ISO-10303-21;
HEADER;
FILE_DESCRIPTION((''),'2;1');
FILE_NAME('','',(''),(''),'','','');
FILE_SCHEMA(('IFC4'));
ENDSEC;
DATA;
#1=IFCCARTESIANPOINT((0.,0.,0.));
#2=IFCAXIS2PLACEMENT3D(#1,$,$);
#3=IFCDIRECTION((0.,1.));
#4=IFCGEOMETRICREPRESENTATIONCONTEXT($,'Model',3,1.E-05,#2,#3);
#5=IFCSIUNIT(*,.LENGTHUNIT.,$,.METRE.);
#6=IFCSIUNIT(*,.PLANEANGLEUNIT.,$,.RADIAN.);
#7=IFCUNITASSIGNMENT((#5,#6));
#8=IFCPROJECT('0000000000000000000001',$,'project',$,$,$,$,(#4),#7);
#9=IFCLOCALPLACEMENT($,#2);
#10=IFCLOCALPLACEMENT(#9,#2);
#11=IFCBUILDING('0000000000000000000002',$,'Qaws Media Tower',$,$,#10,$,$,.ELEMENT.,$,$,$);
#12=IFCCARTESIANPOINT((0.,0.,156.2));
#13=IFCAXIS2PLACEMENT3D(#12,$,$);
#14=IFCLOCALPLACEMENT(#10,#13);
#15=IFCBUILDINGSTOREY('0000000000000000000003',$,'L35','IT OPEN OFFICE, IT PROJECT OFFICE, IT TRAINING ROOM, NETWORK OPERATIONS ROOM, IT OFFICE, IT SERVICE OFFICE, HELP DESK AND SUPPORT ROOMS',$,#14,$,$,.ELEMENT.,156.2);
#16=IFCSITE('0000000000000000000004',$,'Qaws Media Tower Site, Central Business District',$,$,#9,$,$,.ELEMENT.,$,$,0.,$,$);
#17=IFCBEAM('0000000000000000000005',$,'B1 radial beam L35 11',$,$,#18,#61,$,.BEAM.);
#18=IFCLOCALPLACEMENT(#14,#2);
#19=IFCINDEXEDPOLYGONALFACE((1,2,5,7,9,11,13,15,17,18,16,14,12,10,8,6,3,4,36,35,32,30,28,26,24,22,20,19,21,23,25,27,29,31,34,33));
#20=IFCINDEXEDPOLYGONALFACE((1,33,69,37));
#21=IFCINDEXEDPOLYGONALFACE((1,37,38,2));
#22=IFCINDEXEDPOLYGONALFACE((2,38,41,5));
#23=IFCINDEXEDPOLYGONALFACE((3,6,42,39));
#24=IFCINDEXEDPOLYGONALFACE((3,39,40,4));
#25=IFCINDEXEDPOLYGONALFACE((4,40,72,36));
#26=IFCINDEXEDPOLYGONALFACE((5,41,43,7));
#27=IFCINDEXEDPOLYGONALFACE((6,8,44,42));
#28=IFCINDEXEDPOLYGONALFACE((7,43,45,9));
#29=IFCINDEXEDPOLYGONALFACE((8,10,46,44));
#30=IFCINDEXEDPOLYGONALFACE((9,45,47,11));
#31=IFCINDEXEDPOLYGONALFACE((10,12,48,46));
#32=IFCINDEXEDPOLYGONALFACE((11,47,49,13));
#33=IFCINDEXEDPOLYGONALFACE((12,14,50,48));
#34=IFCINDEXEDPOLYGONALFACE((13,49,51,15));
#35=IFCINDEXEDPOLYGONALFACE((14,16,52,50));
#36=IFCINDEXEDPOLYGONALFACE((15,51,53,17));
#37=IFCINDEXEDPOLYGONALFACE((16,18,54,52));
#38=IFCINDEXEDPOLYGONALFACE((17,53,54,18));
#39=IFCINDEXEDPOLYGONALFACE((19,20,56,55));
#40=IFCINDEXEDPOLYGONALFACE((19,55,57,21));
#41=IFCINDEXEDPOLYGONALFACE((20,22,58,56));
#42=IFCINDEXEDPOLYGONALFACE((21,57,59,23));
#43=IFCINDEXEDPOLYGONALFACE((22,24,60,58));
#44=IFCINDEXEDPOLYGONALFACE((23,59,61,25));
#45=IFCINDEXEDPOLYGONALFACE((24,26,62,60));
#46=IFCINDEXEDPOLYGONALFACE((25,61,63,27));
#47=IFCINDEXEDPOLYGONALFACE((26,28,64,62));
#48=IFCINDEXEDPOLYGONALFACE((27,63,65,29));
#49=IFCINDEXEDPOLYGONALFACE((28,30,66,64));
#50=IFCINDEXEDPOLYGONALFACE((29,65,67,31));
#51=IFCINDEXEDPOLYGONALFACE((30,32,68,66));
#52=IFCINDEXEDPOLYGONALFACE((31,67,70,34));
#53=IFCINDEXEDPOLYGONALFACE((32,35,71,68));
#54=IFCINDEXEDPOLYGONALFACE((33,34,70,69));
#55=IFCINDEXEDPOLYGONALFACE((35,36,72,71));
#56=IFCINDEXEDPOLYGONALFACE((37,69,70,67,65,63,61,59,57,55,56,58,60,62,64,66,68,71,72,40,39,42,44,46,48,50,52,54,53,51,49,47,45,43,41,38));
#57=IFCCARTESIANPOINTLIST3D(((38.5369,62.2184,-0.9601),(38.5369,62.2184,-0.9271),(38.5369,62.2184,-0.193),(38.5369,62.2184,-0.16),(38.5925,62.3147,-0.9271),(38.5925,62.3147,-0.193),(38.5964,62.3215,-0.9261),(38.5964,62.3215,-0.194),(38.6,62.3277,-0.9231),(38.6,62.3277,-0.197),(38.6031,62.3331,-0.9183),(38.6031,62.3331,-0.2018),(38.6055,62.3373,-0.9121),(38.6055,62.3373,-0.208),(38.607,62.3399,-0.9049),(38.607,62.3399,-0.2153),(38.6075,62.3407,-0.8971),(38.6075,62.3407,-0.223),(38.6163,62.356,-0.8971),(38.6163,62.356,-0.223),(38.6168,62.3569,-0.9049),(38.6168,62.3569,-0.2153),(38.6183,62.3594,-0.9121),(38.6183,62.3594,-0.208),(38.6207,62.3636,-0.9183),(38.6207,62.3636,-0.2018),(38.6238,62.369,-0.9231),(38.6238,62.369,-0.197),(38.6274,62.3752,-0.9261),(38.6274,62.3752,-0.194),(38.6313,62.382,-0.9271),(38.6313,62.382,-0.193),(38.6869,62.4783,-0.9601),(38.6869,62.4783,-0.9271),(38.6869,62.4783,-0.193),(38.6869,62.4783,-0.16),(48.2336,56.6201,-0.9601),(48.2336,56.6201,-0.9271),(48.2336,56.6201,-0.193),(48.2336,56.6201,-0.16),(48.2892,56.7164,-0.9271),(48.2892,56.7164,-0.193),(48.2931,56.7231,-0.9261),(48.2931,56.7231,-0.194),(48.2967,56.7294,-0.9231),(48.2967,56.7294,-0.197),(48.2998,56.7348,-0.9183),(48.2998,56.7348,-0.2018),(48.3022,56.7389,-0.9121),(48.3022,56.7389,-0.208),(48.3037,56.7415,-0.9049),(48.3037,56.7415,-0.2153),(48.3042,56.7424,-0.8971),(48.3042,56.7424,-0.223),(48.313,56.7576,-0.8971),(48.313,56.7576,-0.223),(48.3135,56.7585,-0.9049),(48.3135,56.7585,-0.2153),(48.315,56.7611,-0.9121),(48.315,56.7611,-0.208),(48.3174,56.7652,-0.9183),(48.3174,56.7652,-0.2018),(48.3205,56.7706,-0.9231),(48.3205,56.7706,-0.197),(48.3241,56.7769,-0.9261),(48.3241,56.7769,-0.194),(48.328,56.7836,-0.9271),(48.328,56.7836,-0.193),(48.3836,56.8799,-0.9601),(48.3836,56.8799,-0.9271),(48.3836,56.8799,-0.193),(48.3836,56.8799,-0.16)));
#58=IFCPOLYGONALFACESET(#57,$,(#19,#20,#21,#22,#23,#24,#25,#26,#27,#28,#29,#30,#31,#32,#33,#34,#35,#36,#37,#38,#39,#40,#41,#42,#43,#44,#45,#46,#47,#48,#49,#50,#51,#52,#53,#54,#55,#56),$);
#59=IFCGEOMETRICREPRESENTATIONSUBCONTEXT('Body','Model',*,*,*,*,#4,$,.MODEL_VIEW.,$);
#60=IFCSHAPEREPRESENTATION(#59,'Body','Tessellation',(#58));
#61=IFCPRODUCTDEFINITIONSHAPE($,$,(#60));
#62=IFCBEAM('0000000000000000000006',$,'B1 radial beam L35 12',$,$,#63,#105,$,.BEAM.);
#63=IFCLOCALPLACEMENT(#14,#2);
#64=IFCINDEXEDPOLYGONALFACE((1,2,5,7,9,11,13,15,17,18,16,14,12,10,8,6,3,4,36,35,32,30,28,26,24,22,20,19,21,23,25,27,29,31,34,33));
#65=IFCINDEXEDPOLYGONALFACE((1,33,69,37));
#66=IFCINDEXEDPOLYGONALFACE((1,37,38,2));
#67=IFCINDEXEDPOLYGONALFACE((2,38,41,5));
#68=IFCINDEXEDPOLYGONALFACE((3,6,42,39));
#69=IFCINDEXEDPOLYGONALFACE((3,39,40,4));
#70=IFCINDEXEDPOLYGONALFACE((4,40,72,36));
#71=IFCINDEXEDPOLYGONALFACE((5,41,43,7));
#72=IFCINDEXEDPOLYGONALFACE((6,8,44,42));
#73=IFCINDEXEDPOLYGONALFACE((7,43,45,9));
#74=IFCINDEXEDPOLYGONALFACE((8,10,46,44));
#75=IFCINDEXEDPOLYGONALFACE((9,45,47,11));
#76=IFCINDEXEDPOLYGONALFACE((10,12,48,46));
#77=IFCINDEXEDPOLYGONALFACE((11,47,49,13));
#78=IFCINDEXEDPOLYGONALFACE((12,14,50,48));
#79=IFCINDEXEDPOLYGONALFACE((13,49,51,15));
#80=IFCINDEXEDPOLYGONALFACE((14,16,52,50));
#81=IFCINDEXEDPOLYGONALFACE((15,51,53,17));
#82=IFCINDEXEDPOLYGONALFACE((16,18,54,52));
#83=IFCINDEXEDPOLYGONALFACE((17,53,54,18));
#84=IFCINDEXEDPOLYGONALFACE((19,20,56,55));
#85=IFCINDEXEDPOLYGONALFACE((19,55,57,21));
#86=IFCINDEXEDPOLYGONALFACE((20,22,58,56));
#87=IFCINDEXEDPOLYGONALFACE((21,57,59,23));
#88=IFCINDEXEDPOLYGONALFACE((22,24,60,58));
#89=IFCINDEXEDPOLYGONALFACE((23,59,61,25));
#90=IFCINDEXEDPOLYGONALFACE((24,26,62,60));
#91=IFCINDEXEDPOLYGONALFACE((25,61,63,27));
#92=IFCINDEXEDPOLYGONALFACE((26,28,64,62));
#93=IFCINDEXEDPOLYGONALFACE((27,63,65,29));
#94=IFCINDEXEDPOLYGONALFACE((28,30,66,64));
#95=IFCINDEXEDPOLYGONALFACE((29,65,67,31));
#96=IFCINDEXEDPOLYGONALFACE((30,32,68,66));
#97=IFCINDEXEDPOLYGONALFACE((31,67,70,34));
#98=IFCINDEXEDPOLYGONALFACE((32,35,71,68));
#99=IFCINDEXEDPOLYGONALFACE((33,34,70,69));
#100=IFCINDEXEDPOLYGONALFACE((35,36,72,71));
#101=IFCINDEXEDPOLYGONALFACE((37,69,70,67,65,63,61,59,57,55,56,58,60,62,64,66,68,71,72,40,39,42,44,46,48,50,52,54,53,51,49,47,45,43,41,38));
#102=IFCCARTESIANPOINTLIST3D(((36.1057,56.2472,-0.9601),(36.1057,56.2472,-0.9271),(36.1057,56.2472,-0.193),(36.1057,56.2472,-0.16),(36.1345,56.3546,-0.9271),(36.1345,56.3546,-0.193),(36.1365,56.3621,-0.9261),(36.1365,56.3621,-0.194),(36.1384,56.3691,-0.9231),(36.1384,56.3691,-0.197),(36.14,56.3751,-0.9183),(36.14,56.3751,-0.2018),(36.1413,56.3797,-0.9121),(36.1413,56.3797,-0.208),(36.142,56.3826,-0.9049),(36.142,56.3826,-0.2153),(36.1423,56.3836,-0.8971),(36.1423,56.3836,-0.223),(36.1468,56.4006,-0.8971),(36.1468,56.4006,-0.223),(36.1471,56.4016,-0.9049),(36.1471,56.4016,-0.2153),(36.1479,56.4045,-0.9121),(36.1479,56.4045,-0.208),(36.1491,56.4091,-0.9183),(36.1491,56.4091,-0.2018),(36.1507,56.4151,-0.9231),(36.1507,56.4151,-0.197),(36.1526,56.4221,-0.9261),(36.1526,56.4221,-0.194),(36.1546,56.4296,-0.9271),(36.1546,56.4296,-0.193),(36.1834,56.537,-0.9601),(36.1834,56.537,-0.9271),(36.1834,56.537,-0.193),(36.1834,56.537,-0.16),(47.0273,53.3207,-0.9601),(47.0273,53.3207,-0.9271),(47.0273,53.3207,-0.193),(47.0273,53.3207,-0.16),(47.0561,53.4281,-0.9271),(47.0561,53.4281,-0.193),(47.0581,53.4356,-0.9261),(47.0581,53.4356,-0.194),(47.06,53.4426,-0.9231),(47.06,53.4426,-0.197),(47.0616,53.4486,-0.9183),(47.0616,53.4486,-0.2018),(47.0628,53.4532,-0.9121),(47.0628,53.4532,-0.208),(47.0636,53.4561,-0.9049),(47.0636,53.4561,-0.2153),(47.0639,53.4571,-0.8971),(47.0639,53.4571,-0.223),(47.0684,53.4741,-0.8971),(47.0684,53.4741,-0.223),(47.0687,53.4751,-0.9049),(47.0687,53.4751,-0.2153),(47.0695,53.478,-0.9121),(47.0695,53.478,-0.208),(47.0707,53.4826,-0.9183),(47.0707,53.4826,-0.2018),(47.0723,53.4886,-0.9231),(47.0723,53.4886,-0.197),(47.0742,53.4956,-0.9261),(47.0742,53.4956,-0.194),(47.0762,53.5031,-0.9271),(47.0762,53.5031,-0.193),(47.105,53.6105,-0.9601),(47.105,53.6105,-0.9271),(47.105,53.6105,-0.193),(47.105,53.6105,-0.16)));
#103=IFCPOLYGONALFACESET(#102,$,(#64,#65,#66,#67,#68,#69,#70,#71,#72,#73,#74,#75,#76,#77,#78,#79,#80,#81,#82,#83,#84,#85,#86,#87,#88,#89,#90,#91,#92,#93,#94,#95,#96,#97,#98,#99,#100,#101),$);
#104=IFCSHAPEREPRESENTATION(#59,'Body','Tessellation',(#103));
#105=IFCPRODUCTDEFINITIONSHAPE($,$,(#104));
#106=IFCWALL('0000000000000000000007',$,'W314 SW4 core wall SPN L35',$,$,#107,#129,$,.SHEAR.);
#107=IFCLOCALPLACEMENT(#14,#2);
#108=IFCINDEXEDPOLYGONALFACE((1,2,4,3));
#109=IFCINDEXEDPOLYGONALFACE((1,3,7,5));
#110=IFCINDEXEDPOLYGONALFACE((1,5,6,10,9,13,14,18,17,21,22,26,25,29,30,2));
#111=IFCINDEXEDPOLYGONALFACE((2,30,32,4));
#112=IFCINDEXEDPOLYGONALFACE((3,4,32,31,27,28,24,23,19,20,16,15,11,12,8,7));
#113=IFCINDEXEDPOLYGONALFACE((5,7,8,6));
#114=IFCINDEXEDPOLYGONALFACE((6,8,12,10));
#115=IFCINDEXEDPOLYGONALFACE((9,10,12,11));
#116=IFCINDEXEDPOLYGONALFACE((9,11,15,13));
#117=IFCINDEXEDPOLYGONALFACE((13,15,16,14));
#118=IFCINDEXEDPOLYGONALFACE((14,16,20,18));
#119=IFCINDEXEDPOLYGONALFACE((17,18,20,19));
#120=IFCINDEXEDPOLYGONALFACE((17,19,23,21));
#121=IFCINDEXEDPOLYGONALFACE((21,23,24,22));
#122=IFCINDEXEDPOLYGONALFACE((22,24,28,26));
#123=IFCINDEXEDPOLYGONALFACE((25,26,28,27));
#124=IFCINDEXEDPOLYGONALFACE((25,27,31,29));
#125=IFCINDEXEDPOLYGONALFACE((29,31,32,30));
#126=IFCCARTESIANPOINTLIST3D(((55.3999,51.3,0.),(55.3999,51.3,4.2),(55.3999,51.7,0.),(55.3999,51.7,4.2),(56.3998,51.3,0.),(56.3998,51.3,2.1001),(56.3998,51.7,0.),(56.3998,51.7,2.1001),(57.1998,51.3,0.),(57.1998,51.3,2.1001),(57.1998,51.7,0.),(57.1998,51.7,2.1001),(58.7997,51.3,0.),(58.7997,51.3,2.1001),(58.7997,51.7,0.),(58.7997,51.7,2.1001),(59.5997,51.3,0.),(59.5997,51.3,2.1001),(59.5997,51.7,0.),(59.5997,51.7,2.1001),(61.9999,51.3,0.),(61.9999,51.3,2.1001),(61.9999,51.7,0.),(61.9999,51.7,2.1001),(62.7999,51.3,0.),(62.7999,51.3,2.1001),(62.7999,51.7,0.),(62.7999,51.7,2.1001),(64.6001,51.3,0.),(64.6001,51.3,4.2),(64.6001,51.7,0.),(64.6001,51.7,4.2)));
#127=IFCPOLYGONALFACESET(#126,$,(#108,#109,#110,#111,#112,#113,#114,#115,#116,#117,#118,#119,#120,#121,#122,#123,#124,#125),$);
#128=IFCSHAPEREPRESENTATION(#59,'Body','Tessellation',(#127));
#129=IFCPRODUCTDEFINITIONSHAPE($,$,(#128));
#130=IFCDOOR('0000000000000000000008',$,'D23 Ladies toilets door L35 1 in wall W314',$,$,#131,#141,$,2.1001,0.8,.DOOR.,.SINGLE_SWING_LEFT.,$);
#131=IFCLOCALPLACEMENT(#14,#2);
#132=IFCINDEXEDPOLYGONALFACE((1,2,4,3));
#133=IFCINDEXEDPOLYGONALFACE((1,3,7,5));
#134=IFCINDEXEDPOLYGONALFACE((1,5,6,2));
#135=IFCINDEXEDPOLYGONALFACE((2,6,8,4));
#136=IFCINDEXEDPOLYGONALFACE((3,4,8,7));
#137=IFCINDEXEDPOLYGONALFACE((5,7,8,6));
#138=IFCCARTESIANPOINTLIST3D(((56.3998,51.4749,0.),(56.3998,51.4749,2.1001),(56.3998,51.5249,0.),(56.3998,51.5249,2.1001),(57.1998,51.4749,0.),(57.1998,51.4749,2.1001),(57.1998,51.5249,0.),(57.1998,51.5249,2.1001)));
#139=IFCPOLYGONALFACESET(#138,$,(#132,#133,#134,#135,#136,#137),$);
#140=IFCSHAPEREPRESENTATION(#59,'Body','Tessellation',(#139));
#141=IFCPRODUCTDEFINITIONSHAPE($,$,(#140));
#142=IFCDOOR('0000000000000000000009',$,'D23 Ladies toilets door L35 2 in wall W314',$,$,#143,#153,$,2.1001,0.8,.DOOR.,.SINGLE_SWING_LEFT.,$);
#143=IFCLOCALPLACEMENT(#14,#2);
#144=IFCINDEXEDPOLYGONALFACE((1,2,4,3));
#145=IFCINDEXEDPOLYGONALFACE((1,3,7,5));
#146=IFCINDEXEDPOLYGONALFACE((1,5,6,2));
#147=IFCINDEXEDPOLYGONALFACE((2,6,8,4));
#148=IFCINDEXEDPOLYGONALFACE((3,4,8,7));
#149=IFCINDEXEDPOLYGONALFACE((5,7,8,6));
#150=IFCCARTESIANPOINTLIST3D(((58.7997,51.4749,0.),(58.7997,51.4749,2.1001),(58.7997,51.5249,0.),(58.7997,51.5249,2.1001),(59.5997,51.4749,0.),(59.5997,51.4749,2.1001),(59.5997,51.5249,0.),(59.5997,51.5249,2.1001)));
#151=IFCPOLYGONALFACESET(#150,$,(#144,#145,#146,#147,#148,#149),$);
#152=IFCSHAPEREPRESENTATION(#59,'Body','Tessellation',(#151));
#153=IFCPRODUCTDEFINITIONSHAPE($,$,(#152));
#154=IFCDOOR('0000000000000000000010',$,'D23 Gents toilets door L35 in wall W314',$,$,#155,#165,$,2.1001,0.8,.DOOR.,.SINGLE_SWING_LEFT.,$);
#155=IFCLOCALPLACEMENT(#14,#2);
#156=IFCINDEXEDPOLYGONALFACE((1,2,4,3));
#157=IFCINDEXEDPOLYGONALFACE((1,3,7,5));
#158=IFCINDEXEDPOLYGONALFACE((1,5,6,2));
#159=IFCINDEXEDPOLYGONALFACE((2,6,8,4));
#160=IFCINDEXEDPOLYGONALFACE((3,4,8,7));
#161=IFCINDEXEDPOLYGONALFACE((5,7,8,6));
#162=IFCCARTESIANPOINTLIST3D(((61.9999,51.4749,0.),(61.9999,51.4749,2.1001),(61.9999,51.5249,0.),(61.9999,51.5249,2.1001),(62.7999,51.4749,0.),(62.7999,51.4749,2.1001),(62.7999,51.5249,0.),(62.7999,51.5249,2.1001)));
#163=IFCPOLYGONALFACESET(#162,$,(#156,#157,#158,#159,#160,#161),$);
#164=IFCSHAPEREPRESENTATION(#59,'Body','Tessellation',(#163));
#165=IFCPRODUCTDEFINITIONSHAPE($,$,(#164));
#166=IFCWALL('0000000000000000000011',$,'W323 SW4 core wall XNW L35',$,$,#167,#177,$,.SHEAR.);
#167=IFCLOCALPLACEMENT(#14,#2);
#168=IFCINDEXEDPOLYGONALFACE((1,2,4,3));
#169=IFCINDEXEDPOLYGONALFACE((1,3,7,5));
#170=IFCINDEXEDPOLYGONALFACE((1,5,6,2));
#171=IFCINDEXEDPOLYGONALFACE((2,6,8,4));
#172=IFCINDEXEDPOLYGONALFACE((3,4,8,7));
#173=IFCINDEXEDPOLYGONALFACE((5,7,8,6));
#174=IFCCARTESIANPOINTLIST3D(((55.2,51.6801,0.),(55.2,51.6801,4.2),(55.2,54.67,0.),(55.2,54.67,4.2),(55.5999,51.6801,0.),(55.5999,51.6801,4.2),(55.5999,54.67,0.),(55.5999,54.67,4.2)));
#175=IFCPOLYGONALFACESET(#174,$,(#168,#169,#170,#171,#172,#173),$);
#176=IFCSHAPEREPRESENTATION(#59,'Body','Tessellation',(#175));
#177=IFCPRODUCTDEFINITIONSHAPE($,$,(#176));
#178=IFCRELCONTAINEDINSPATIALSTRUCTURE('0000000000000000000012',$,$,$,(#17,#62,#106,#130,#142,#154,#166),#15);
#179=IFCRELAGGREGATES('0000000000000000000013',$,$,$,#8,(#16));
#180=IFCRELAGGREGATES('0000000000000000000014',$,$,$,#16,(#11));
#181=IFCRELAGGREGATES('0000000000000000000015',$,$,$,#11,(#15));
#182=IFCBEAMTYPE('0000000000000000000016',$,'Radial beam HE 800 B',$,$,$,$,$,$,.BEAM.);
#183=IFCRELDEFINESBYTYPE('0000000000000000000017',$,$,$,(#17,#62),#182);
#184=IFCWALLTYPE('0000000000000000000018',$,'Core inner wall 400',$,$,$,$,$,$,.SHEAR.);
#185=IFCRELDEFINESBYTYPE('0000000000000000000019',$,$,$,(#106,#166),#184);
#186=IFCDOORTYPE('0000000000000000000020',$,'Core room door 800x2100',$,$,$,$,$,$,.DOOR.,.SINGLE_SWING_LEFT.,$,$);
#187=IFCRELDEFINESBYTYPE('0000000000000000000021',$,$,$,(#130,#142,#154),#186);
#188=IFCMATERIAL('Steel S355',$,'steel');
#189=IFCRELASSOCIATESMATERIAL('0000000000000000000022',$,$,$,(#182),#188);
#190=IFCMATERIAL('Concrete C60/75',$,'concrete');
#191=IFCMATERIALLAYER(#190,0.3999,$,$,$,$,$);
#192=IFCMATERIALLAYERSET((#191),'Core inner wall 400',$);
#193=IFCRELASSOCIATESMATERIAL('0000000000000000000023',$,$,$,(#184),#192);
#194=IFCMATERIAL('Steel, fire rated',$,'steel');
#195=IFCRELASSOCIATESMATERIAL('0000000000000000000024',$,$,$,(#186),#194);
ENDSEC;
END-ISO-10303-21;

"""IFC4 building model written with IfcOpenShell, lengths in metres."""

from ifc_helpers import new_model, si_unit, direction, frame, frame_2d, origin, origin_2d, place, context, subcontext, project, spatial, rectangle, i_section, extrude, material, layer, layer_set, material_profile, profile_set, type_object, element, fill, save


model = new_model("IFC4")

# Units and contexts
model_context = context("Model", 3, precision=1e-05, world=origin(), true_north=direction((0.0, 1.0)))
body_context = subcontext(model_context, "Body", "Model", "MODEL_VIEW")
ifc_project = project(units=[si_unit("LENGTHUNIT", "METRE"), si_unit("PLANEANGLEUNIT", "RADIAN")], contexts=[model_context])

# Site, building, storey
site_placement = place(None, origin())
site = spatial("IfcSite", under=ifc_project, at=site_placement, Name="Qaws Media Tower Site, Central Business District", CompositionType="ELEMENT", RefElevation=0.0)
building_placement = place(site_placement, origin())
building = spatial("IfcBuilding", under=site, at=building_placement, Name="Qaws Media Tower", CompositionType="ELEMENT")
storey_placement = place(building_placement, frame((0.0, 0.0, 156.2)))
storey = spatial("IfcBuildingStorey", under=building, at=storey_placement, Name="L35", Description="IT OPEN OFFICE, IT PROJECT OFFICE, IT TRAINING ROOM, NETWORK OPERATIONS ROOM, IT OFFICE, IT SERVICE OFFICE, HELP DESK AND SUPPORT ROOMS", CompositionType="ELEMENT", Elevation=156.2)

# Beams
ifc_material_1 = material(Name="Steel S355", Category="steel")
ifc_material_profile_1 = material_profile(ifc_material_1, i_section(OverallWidth=0.3, OverallDepth=0.8, WebThickness=0.0176, FlangeThickness=0.033, FilletRadius=0.03, at=origin_2d()), Name="HE 800 B")
ifc_profile_set_1 = profile_set([ifc_material_profile_1], Name="Steel S355")
beam_type_1 = type_object("IfcBeamType", Name="Radial beam HE 800 B", PredefinedType="BEAM", material=ifc_profile_set_1)
beam_1_placement = place(storey_placement, frame((48.3086, 56.75, -0.5601), z_axis=(-0.866027, 0.499997, 0.0), x_axis=(-0.499997, -0.866027, 0.0)))
element("IfcBeam", 1, at=beam_1_placement, inside=storey, type_object=beam_type_1, Name="B1 radial beam L35 11", PredefinedType="BEAM", context=body_context, shape_type="SweptSolid", body=[
    extrude(i_section(OverallWidth=0.3, OverallDepth=0.8, WebThickness=0.0176, FlangeThickness=0.033, FilletRadius=0.03, at=origin_2d()), origin(), (0.0, 0.0, 1.0), 11.1968),
])
beam_2_placement = place(storey_placement, frame((47.0662, 53.4656, -0.5601), z_axis=(-0.965924, 0.258825, 0.0), x_axis=(-0.258825, -0.965924, 0.0)))
element("IfcBeam", 2, at=beam_2_placement, inside=storey, type_object=beam_type_1, Name="B1 radial beam L35 12", PredefinedType="BEAM", context=body_context, shape_type="SweptSolid", body=[
    extrude(i_section(OverallWidth=0.3, OverallDepth=0.8, WebThickness=0.0176, FlangeThickness=0.033, FilletRadius=0.03, at=origin_2d()), origin(), (0.0, 0.0, 1.0), 11.3069),
])

# Wall, openings, doors
ifc_material_2 = material(Name="Concrete C60/75", Category="concrete")
ifc_layer_1 = layer(ifc_material_2, 0.3999)
ifc_layer_set_1 = layer_set([ifc_layer_1], Name="Core inner wall 400")
wall_type_1 = type_object("IfcWallType", Name="Core inner wall 400", PredefinedType="SHEAR", material=ifc_layer_set_1)
wall_1_placement = place(storey_placement, frame((55.3999, 51.5, 0.0), z_axis=(0.0, 0.0, 1.0), x_axis=(1.0, 0.0, 0.0)))
wall_1 = element("IfcWall", 3, at=wall_1_placement, inside=storey, type_object=wall_type_1, Name="W314 SW4 core wall SPN L35", PredefinedType="SHEAR", context=body_context, shape_type="SweptSolid", body=[
    extrude(rectangle(XDim=9.2002, YDim=0.3999, at=frame_2d((4.6001, 0.0))), origin(), (0.0, 0.0, 1.0), 4.2),
])
opening_1_placement = place(wall_1_placement, frame((1.0, 0.0, 0.0)))
opening_1 = element("IfcOpeningElement", 4, at=opening_1_placement, cuts=wall_1, PredefinedType="OPENING", context=body_context, shape_type="SweptSolid", body=[
    extrude(rectangle(XDim=0.8, YDim=2.1001, at=frame_2d((0.3999, 1.05))), frame((0.0, 0.21, 0.0), z_axis=(0.0, -1.0, 0.0), x_axis=(1.0, 0.0, 0.0)), (0.0, 0.0, 1.0), 0.4199),
])
opening_2_placement = place(wall_1_placement, frame((3.3999, 0.0, 0.0)))
opening_2 = element("IfcOpeningElement", 5, at=opening_2_placement, cuts=wall_1, PredefinedType="OPENING", context=body_context, shape_type="SweptSolid", body=[
    extrude(rectangle(XDim=0.8, YDim=2.1001, at=frame_2d((0.3999, 1.05))), frame((0.0, 0.21, 0.0), z_axis=(0.0, -1.0, 0.0), x_axis=(1.0, 0.0, 0.0)), (0.0, 0.0, 1.0), 0.4199),
])
opening_3_placement = place(wall_1_placement, frame((6.6001, 0.0, 0.0)))
opening_3 = element("IfcOpeningElement", 6, at=opening_3_placement, cuts=wall_1, PredefinedType="OPENING", context=body_context, shape_type="SweptSolid", body=[
    extrude(rectangle(XDim=0.8, YDim=2.1001, at=frame_2d((0.3999, 1.05))), frame((0.0, 0.21, 0.0), z_axis=(0.0, -1.0, 0.0), x_axis=(1.0, 0.0, 0.0)), (0.0, 0.0, 1.0), 0.4199),
])
ifc_material_3 = material(Name="Steel, fire rated", Category="steel")
door_type_1 = type_object("IfcDoorType", Name="Core room door 800x2100", OperationType="SINGLE_SWING_LEFT", PredefinedType="DOOR", material=ifc_material_3)
door_1_placement = place(opening_1_placement, origin())
door_1 = element("IfcDoor", 7, at=door_1_placement, inside=storey, type_object=door_type_1, Name="D23 Ladies toilets door L35 1 in wall W314", OperationType="SINGLE_SWING_LEFT", OverallHeight=2.1001, OverallWidth=0.8, PredefinedType="DOOR", context=body_context, shape_type="SweptSolid", body=[
    extrude(rectangle(XDim=0.8, YDim=2.1001, at=frame_2d((0.3999, 1.05))), frame((0.0, 0.0249, 0.0), z_axis=(0.0, -1.0, 0.0), x_axis=(1.0, 0.0, 0.0)), (0.0, 0.0, 1.0), 0.05),
])
fill(opening_1, door_1)
door_2_placement = place(opening_2_placement, origin())
door_2 = element("IfcDoor", 8, at=door_2_placement, inside=storey, type_object=door_type_1, Name="D23 Ladies toilets door L35 2 in wall W314", OperationType="SINGLE_SWING_LEFT", OverallHeight=2.1001, OverallWidth=0.8, PredefinedType="DOOR", context=body_context, shape_type="SweptSolid", body=[
    extrude(rectangle(XDim=0.8, YDim=2.1001, at=frame_2d((0.3999, 1.05))), frame((0.0, 0.0249, 0.0), z_axis=(0.0, -1.0, 0.0), x_axis=(1.0, 0.0, 0.0)), (0.0, 0.0, 1.0), 0.05),
])
fill(opening_2, door_2)
door_3_placement = place(opening_3_placement, origin())
door_3 = element("IfcDoor", 9, at=door_3_placement, inside=storey, type_object=door_type_1, Name="D23 Gents toilets door L35 in wall W314", OperationType="SINGLE_SWING_LEFT", OverallHeight=2.1001, OverallWidth=0.8, PredefinedType="DOOR", context=body_context, shape_type="SweptSolid", body=[
    extrude(rectangle(XDim=0.8, YDim=2.1001, at=frame_2d((0.3999, 1.05))), frame((0.0, 0.0249, 0.0), z_axis=(0.0, -1.0, 0.0), x_axis=(1.0, 0.0, 0.0)), (0.0, 0.0, 1.0), 0.05),
])
fill(opening_3, door_3)

# Wall
wall_2_placement = place(storey_placement, frame((55.3999, 51.6799, 0.0), z_axis=(0.0, 0.0, 1.0), x_axis=(0.0, 1.0, 0.0)))
element("IfcWall", 10, at=wall_2_placement, inside=storey, type_object=wall_type_1, Name="W323 SW4 core wall XNW L35", PredefinedType="SHEAR", context=body_context, shape_type="SweptSolid", body=[
    extrude(rectangle(XDim=2.99, YDim=0.3999, at=frame_2d((1.4951, 0.0))), origin(), (0.0, 0.0, 1.0), 4.2),
])

save(model, "model.ifc")
